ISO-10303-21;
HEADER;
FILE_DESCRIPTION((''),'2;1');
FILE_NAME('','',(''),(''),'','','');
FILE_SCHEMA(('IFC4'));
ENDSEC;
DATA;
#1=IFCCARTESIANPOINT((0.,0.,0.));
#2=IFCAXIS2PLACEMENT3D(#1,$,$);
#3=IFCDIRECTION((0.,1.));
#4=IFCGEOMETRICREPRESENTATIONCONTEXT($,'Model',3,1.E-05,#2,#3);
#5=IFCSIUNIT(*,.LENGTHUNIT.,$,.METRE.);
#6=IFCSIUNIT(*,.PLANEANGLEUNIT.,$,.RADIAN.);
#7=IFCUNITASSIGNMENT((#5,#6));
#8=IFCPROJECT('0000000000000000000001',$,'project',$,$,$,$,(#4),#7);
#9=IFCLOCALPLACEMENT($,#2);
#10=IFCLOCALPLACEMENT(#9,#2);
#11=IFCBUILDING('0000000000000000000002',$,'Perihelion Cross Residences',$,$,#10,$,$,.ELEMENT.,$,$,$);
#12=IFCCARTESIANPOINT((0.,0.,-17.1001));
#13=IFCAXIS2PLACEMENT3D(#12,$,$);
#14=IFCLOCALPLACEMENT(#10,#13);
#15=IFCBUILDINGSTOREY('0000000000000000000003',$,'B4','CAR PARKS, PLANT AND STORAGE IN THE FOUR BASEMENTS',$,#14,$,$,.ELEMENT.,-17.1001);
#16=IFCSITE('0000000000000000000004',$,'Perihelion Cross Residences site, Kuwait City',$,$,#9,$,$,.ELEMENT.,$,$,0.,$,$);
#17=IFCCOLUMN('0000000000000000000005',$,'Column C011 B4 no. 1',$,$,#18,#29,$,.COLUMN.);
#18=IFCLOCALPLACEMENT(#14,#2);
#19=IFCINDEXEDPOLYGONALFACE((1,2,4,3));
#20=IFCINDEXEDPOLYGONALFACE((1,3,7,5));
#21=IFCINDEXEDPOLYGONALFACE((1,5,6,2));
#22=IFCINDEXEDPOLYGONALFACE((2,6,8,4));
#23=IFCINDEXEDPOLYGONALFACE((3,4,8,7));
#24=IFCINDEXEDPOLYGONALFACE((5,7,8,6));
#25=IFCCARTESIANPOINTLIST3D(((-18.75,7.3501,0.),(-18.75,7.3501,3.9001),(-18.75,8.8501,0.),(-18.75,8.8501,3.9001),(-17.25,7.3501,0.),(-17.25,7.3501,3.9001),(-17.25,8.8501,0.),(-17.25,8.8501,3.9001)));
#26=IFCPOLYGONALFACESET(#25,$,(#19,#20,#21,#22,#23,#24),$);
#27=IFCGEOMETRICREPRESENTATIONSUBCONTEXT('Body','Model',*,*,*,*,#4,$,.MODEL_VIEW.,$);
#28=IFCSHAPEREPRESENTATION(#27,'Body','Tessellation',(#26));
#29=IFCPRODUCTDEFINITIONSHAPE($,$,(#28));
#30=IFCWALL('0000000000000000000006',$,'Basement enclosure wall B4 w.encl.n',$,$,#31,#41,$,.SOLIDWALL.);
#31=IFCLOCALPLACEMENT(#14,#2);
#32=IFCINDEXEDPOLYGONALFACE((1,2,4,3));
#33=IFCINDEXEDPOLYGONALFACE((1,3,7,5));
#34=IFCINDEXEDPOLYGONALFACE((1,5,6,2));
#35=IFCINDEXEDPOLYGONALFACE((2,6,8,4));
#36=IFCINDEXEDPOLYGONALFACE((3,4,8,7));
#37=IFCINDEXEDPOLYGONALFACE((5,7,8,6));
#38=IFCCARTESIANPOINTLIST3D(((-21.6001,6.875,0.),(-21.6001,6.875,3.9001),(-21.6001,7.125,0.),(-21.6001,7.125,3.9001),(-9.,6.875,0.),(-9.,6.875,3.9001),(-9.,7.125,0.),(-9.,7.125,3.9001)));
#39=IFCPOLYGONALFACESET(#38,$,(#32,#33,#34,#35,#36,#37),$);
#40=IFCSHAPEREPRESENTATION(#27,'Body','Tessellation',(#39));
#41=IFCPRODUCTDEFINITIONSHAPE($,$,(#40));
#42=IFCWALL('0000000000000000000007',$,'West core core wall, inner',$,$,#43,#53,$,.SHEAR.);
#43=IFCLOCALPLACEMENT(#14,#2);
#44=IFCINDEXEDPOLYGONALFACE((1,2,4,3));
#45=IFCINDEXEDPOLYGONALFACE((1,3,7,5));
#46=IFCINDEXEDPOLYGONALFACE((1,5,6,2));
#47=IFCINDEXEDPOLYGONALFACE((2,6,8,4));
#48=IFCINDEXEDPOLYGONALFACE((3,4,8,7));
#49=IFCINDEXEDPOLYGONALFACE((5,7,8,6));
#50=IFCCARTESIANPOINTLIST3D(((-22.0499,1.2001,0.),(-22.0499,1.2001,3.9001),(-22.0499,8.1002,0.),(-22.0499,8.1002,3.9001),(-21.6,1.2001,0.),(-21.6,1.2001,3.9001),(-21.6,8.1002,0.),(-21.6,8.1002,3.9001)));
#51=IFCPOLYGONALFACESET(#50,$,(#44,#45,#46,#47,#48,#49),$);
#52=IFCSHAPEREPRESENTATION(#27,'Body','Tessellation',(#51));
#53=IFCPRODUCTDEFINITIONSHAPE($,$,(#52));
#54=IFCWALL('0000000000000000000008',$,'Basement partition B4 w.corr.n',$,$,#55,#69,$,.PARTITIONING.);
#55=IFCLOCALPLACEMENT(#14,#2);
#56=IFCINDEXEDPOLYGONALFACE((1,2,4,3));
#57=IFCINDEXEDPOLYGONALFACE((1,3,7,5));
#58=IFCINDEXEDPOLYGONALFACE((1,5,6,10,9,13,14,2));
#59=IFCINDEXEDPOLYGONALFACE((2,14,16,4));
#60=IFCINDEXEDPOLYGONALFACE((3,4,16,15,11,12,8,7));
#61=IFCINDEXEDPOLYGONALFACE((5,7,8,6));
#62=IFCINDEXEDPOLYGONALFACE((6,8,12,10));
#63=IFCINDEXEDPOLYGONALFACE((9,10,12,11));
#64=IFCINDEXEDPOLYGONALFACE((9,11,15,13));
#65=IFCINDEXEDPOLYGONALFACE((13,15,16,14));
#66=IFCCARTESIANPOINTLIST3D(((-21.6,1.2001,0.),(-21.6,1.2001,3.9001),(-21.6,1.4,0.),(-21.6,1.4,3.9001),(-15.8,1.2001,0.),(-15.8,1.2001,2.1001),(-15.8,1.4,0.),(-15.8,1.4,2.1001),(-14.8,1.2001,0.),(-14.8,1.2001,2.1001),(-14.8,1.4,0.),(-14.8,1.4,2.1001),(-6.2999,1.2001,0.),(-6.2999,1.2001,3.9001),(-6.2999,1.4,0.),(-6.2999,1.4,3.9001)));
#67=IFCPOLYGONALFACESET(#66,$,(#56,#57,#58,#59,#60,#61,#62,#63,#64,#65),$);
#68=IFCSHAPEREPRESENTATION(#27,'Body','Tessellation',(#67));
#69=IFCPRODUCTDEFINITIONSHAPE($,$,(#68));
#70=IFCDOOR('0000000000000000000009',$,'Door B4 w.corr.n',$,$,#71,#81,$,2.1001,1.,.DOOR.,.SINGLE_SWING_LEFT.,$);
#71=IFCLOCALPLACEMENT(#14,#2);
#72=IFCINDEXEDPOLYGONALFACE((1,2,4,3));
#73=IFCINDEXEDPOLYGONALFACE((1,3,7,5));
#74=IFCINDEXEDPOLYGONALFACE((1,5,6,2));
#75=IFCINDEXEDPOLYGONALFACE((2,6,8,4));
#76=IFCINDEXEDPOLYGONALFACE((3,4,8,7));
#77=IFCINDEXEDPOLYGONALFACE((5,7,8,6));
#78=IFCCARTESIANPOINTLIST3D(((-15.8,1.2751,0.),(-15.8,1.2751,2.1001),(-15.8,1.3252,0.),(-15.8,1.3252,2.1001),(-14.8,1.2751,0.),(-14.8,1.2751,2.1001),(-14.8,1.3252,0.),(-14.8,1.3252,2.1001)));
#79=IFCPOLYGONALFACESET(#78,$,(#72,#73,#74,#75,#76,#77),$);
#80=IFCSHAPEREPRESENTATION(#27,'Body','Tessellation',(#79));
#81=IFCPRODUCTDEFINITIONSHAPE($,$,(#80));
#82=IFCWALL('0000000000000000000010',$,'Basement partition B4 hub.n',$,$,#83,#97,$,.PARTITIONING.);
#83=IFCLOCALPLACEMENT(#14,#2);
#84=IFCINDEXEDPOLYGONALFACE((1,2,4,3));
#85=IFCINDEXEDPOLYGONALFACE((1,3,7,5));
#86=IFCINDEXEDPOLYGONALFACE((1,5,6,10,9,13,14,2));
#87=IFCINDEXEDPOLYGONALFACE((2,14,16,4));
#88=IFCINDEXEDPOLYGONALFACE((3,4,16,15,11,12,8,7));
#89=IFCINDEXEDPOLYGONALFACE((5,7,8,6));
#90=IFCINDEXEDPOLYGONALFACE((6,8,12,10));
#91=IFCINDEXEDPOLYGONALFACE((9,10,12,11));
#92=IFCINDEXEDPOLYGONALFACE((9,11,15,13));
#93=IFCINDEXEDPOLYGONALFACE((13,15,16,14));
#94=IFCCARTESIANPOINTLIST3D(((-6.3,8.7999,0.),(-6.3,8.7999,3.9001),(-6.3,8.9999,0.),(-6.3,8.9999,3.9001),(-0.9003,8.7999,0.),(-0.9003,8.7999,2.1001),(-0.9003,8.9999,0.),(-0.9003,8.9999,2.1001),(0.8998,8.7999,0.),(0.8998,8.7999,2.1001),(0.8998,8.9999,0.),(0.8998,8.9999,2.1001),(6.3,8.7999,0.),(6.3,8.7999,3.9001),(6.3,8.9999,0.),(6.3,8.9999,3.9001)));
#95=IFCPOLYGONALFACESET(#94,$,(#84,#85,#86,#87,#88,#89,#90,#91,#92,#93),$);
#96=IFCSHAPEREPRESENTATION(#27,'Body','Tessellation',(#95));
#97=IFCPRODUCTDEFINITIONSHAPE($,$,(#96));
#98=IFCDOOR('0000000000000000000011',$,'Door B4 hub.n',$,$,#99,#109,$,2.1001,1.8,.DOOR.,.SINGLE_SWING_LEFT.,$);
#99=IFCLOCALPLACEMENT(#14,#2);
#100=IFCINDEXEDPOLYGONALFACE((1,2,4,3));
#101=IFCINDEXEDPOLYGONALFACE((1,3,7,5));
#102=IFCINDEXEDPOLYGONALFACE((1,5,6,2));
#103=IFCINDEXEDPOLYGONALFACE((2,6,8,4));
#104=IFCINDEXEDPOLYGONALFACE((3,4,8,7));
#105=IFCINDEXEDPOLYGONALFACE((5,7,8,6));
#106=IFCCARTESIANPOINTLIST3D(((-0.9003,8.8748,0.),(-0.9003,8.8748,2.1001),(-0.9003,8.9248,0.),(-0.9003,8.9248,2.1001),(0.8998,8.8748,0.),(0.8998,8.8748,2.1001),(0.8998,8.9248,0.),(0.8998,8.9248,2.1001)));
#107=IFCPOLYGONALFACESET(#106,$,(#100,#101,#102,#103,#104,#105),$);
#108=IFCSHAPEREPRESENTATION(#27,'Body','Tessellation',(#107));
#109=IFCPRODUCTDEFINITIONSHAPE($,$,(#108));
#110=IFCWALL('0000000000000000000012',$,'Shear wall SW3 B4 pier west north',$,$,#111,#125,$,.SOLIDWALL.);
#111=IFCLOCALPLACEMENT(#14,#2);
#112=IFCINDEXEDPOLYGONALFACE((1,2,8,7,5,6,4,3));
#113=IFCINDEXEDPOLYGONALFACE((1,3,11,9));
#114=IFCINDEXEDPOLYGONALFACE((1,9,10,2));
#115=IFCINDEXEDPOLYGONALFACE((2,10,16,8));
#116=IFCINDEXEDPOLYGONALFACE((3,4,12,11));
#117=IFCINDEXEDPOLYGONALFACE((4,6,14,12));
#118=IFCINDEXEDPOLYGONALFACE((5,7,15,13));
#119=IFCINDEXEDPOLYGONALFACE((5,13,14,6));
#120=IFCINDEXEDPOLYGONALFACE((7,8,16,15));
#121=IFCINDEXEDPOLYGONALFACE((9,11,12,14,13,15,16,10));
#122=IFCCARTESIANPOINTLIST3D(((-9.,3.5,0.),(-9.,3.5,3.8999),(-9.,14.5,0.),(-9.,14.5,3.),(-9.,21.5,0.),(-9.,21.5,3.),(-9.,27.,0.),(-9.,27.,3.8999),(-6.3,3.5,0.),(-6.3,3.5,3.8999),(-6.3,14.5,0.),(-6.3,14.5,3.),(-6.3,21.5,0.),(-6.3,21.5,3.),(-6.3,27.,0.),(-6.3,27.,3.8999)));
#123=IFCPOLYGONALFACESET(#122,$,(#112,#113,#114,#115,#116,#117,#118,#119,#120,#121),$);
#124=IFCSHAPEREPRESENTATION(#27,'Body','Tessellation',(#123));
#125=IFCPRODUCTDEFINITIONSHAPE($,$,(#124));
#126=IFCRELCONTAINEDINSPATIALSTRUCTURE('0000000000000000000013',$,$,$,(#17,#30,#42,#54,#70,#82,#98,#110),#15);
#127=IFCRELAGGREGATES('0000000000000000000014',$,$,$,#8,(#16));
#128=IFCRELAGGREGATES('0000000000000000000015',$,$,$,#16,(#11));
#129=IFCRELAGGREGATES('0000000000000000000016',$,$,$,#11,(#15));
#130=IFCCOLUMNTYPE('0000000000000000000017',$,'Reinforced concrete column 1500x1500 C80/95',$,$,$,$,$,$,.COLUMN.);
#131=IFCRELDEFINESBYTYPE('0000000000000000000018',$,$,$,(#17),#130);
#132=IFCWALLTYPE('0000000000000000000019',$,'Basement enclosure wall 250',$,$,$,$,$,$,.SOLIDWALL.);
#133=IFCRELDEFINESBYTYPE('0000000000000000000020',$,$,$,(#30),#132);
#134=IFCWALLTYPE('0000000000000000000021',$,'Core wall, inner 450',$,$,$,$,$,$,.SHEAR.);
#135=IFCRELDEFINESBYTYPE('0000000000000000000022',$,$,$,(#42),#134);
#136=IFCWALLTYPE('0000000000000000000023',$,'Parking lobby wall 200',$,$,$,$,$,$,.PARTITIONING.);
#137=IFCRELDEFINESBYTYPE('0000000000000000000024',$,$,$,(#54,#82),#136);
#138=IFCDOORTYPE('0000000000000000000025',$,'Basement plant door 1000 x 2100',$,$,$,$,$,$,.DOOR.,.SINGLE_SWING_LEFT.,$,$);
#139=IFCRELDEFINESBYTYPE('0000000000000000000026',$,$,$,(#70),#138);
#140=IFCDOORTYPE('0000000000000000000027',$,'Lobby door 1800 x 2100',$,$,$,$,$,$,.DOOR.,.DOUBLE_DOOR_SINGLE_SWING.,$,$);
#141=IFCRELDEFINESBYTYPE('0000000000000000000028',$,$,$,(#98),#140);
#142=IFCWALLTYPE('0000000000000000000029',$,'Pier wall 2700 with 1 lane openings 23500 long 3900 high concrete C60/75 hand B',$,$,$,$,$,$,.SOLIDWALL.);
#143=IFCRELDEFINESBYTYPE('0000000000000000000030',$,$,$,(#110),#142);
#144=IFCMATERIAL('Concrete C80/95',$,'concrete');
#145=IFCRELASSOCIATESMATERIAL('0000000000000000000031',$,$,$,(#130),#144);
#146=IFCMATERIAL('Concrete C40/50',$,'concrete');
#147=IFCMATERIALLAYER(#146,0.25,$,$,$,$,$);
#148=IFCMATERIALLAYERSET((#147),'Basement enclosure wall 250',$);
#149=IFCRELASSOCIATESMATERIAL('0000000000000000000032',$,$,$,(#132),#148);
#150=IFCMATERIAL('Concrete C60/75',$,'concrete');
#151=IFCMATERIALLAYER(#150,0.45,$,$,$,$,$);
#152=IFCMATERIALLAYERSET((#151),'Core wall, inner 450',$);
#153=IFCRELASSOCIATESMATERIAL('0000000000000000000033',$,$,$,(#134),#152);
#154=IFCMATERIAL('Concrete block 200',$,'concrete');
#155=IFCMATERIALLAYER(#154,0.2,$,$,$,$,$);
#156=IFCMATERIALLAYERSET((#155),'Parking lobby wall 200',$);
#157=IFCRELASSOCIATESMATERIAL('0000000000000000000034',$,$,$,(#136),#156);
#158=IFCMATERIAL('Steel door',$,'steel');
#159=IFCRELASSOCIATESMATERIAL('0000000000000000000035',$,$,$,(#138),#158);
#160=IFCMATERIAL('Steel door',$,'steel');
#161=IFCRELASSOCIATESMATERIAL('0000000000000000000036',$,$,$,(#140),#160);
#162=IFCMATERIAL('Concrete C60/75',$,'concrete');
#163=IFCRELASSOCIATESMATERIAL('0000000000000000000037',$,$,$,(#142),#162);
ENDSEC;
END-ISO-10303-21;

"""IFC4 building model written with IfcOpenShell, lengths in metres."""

from ifc_helpers import new_model, si_unit, direction, frame, frame_2d, origin, origin_2d, place, context, subcontext, project, spatial, polyline, rectangle, outline, extrude, material, layer, layer_set, material_profile, profile_set, type_object, element, fill, save


model = new_model("IFC4")

# Units and contexts
model_context = context("Model", 3, precision=1e-05, world=origin(), true_north=direction((0.0, 1.0)))
body_context = subcontext(model_context, "Body", "Model", "MODEL_VIEW")
ifc_project = project(units=[si_unit("LENGTHUNIT", "METRE"), si_unit("PLANEANGLEUNIT", "RADIAN")], contexts=[model_context])

# Site, building, storey
site_placement = place(None, origin())
site = spatial("IfcSite", under=ifc_project, at=site_placement, Name="Perihelion Cross Residences site, Kuwait City", CompositionType="ELEMENT", RefElevation=0.0)
building_placement = place(site_placement, origin())
building = spatial("IfcBuilding", under=site, at=building_placement, Name="Perihelion Cross Residences", CompositionType="ELEMENT")
storey_placement = place(building_placement, frame((0.0, 0.0, -17.1001)))
storey = spatial("IfcBuildingStorey", under=building, at=storey_placement, Name="B4", Description="CAR PARKS, PLANT AND STORAGE IN THE FOUR BASEMENTS", CompositionType="ELEMENT", Elevation=-17.1001)

# Column
ifc_material_1 = material(Name="Concrete C80/95", Category="concrete")
ifc_material_profile_1 = material_profile(ifc_material_1, rectangle(XDim=1.5, YDim=1.5, at=origin_2d()), Name="RC 1500x1500")
ifc_profile_set_1 = profile_set([ifc_material_profile_1], Name="Concrete C80/95")
column_type = type_object("IfcColumnType", Name="Reinforced concrete column 1500x1500 C80/95", PredefinedType="COLUMN", material=ifc_profile_set_1)
for number, where, z_axis, x_axis, name in (
    (1, (-18.0, 8.1001, 0.0), (0.0, 0.0, 1.0), (1.0, 0.0, 0.0), "Column C011 B4 no. 1"),
):
    element("IfcColumn", number, at=place(storey_placement, frame(where, z_axis=z_axis, x_axis=x_axis)), inside=storey, type_object=column_type, Name=name, PredefinedType="COLUMN", context=body_context, shape_type="SweptSolid", body=[
        extrude(rectangle(XDim=1.5, YDim=1.5, at=origin_2d()), origin(), (0.0, 0.0, 1.0), 3.9001),
    ])

# Walls
ifc_material_2 = material(Name="Concrete C40/50", Category="concrete")
ifc_layer_1 = layer(ifc_material_2, 0.25)
ifc_layer_set_1 = layer_set([ifc_layer_1], Name="Basement enclosure wall 250")
wall_type_1 = type_object("IfcWallType", Name="Basement enclosure wall 250", PredefinedType="SOLIDWALL", material=ifc_layer_set_1)
wall_1_placement = place(storey_placement, frame((-9.0, 7.0, 0.0), z_axis=(0.0, 0.0, 1.0), x_axis=(-1.0, 0.0, 0.0)))
element("IfcWall", 2, at=wall_1_placement, inside=storey, type_object=wall_type_1, Name="Basement enclosure wall B4 w.encl.n", PredefinedType="SOLIDWALL", context=body_context, shape_type="SweptSolid", body=[
    extrude(rectangle(XDim=12.6001, YDim=0.25, at=frame_2d((6.3, 0.0))), origin(), (0.0, 0.0, 1.0), 3.9001),
])
ifc_material_3 = material(Name="Concrete C60/75", Category="concrete")
ifc_layer_2 = layer(ifc_material_3, 0.45)
ifc_layer_set_2 = layer_set([ifc_layer_2], Name="Core wall, inner 450")
wall_type_2 = type_object("IfcWallType", Name="Core wall, inner 450", PredefinedType="SHEAR", material=ifc_layer_set_2)
wall_2_placement = place(storey_placement, frame((-21.825, 1.2, 0.0), z_axis=(0.0, 0.0, 1.0), x_axis=(0.0, 1.0, 0.0)))
element("IfcWall", 3, at=wall_2_placement, inside=storey, type_object=wall_type_2, Name="West core core wall, inner", PredefinedType="SHEAR", context=body_context, shape_type="SweptSolid", body=[
    extrude(rectangle(XDim=6.9001, YDim=0.45, at=frame_2d((3.4502, 0.0))), origin(), (0.0, 0.0, 1.0), 3.9001),
])

# Walls, openings, doors
ifc_material_4 = material(Name="Concrete block 200", Category="concrete")
ifc_layer_3 = layer(ifc_material_4, 0.2)
ifc_layer_set_3 = layer_set([ifc_layer_3], Name="Parking lobby wall 200")
wall_type_3 = type_object("IfcWallType", Name="Parking lobby wall 200", PredefinedType="PARTITIONING", material=ifc_layer_set_3)
wall_3_placement = place(storey_placement, frame((-6.3, 1.3, 0.0), z_axis=(0.0, 0.0, 1.0), x_axis=(-1.0, 0.0, 0.0)))
wall_3 = element("IfcWall", 4, at=wall_3_placement, inside=storey, type_object=wall_type_3, Name="Basement partition B4 w.corr.n", PredefinedType="PARTITIONING", context=body_context, shape_type="SweptSolid", body=[
    extrude(rectangle(XDim=15.3, YDim=0.2, at=frame_2d((7.6499, 0.0))), origin(), (0.0, 0.0, 1.0), 3.9001),
])
opening_1_placement = place(wall_3_placement, frame((8.5, 0.0, 0.0)))
opening_1 = element("IfcOpeningElement", 5, at=opening_1_placement, cuts=wall_3, PredefinedType="OPENING", context=body_context, shape_type="SweptSolid", body=[
    extrude(rectangle(XDim=1.0, YDim=2.1001, at=frame_2d((0.5, 1.05))), frame((0.0, 0.1099, 0.0), z_axis=(0.0, -1.0, 0.0), x_axis=(1.0, 0.0, 0.0)), (0.0, 0.0, 1.0), 0.22),
])
ifc_material_5 = material(Name="Steel door", Category="steel")
door_type_1 = type_object("IfcDoorType", Name="Basement plant door 1000 x 2100", OperationType="SINGLE_SWING_LEFT", PredefinedType="DOOR", material=ifc_material_5)
door_1_placement = place(opening_1_placement, origin())
door_1 = element("IfcDoor", 6, at=door_1_placement, inside=storey, type_object=door_type_1, Name="Door B4 w.corr.n", OperationType="SINGLE_SWING_LEFT", OverallHeight=2.1001, OverallWidth=1.0, PredefinedType="DOOR", context=body_context, shape_type="SweptSolid", body=[
    extrude(rectangle(XDim=1.0, YDim=2.1001, at=frame_2d((0.5, 1.05))), frame((0.0, 0.0249, 0.0), z_axis=(0.0, -1.0, 0.0), x_axis=(1.0, 0.0, 0.0)), (0.0, 0.0, 1.0), 0.05),
])
fill(opening_1, door_1)
wall_4_placement = place(storey_placement, frame((-6.3, 8.8999, 0.0), z_axis=(0.0, 0.0, 1.0), x_axis=(1.0, 0.0, 0.0)))
wall_4 = element("IfcWall", 7, at=wall_4_placement, inside=storey, type_object=wall_type_3, Name="Basement partition B4 hub.n", PredefinedType="PARTITIONING", context=body_context, shape_type="SweptSolid", body=[
    extrude(rectangle(XDim=12.6001, YDim=0.2, at=frame_2d((6.3, 0.0))), origin(), (0.0, 0.0, 1.0), 3.9001),
])
opening_2_placement = place(wall_4_placement, frame((5.3999, 0.0, 0.0)))
opening_2 = element("IfcOpeningElement", 8, at=opening_2_placement, cuts=wall_4, PredefinedType="OPENING", context=body_context, shape_type="SweptSolid", body=[
    extrude(rectangle(XDim=1.8, YDim=2.1001, at=frame_2d((0.8999, 1.05))), frame((0.0, 0.1099, 0.0), z_axis=(0.0, -1.0, 0.0), x_axis=(1.0, 0.0, 0.0)), (0.0, 0.0, 1.0), 0.22),
])
ifc_material_6 = material(Name="Steel door", Category="steel")
door_type_2 = type_object("IfcDoorType", Name="Lobby door 1800 x 2100", OperationType="DOUBLE_DOOR_SINGLE_SWING", PredefinedType="DOOR", material=ifc_material_6)
door_2_placement = place(opening_2_placement, origin())
door_2 = element("IfcDoor", 9, at=door_2_placement, inside=storey, type_object=door_type_2, Name="Door B4 hub.n", OperationType="SINGLE_SWING_LEFT", OverallHeight=2.1001, OverallWidth=1.8, PredefinedType="DOOR", context=body_context, shape_type="SweptSolid", body=[
    extrude(rectangle(XDim=1.8, YDim=2.1001, at=frame_2d((0.8999, 1.05))), frame((0.0, 0.0249, 0.0), z_axis=(0.0, -1.0, 0.0), x_axis=(1.0, 0.0, 0.0)), (0.0, 0.0, 1.0), 0.05),
])
fill(opening_2, door_2)

# Wall
ifc_material_7 = material(Name="Concrete C60/75", Category="concrete")
ifc_material_profile_2 = material_profile(ifc_material_7, outline(polyline([(0.0, 0.0), (11.0, 0.0), (11.0, 3.0), (18.0, 3.0), (18.0, 0.0), (23.5, 0.0), (23.5, 3.8999), (0.0, 3.8999), (0.0, 0.0)])), Name="Pier wall")
ifc_profile_set_2 = profile_set([ifc_material_profile_2], Name="Concrete C60/75")
wall_type_4 = type_object("IfcWallType", Name="Pier wall 2700 with 1 lane openings 23500 long 3900 high concrete C60/75 hand B", PredefinedType="SOLIDWALL", material=ifc_profile_set_2)
wall_5_placement = place(storey_placement, frame((-9.0, 3.5, 0.0), z_axis=(1.0, 0.0, 0.0), x_axis=(0.0, 1.0, 0.0)))
element("IfcWall", 10, at=wall_5_placement, inside=storey, type_object=wall_type_4, Name="Shear wall SW3 B4 pier west north", PredefinedType="SOLIDWALL", context=body_context, shape_type="SweptSolid", body=[
    extrude(outline(polyline([(0.0, 0.0), (11.0, 0.0), (11.0, 3.0), (18.0, 3.0), (18.0, 0.0), (23.5, 0.0), (23.5, 3.8999), (0.0, 3.8999), (0.0, 0.0)])), origin(), (0.0, 0.0, 1.0), 2.7),
])

save(model, "model.ifc")
